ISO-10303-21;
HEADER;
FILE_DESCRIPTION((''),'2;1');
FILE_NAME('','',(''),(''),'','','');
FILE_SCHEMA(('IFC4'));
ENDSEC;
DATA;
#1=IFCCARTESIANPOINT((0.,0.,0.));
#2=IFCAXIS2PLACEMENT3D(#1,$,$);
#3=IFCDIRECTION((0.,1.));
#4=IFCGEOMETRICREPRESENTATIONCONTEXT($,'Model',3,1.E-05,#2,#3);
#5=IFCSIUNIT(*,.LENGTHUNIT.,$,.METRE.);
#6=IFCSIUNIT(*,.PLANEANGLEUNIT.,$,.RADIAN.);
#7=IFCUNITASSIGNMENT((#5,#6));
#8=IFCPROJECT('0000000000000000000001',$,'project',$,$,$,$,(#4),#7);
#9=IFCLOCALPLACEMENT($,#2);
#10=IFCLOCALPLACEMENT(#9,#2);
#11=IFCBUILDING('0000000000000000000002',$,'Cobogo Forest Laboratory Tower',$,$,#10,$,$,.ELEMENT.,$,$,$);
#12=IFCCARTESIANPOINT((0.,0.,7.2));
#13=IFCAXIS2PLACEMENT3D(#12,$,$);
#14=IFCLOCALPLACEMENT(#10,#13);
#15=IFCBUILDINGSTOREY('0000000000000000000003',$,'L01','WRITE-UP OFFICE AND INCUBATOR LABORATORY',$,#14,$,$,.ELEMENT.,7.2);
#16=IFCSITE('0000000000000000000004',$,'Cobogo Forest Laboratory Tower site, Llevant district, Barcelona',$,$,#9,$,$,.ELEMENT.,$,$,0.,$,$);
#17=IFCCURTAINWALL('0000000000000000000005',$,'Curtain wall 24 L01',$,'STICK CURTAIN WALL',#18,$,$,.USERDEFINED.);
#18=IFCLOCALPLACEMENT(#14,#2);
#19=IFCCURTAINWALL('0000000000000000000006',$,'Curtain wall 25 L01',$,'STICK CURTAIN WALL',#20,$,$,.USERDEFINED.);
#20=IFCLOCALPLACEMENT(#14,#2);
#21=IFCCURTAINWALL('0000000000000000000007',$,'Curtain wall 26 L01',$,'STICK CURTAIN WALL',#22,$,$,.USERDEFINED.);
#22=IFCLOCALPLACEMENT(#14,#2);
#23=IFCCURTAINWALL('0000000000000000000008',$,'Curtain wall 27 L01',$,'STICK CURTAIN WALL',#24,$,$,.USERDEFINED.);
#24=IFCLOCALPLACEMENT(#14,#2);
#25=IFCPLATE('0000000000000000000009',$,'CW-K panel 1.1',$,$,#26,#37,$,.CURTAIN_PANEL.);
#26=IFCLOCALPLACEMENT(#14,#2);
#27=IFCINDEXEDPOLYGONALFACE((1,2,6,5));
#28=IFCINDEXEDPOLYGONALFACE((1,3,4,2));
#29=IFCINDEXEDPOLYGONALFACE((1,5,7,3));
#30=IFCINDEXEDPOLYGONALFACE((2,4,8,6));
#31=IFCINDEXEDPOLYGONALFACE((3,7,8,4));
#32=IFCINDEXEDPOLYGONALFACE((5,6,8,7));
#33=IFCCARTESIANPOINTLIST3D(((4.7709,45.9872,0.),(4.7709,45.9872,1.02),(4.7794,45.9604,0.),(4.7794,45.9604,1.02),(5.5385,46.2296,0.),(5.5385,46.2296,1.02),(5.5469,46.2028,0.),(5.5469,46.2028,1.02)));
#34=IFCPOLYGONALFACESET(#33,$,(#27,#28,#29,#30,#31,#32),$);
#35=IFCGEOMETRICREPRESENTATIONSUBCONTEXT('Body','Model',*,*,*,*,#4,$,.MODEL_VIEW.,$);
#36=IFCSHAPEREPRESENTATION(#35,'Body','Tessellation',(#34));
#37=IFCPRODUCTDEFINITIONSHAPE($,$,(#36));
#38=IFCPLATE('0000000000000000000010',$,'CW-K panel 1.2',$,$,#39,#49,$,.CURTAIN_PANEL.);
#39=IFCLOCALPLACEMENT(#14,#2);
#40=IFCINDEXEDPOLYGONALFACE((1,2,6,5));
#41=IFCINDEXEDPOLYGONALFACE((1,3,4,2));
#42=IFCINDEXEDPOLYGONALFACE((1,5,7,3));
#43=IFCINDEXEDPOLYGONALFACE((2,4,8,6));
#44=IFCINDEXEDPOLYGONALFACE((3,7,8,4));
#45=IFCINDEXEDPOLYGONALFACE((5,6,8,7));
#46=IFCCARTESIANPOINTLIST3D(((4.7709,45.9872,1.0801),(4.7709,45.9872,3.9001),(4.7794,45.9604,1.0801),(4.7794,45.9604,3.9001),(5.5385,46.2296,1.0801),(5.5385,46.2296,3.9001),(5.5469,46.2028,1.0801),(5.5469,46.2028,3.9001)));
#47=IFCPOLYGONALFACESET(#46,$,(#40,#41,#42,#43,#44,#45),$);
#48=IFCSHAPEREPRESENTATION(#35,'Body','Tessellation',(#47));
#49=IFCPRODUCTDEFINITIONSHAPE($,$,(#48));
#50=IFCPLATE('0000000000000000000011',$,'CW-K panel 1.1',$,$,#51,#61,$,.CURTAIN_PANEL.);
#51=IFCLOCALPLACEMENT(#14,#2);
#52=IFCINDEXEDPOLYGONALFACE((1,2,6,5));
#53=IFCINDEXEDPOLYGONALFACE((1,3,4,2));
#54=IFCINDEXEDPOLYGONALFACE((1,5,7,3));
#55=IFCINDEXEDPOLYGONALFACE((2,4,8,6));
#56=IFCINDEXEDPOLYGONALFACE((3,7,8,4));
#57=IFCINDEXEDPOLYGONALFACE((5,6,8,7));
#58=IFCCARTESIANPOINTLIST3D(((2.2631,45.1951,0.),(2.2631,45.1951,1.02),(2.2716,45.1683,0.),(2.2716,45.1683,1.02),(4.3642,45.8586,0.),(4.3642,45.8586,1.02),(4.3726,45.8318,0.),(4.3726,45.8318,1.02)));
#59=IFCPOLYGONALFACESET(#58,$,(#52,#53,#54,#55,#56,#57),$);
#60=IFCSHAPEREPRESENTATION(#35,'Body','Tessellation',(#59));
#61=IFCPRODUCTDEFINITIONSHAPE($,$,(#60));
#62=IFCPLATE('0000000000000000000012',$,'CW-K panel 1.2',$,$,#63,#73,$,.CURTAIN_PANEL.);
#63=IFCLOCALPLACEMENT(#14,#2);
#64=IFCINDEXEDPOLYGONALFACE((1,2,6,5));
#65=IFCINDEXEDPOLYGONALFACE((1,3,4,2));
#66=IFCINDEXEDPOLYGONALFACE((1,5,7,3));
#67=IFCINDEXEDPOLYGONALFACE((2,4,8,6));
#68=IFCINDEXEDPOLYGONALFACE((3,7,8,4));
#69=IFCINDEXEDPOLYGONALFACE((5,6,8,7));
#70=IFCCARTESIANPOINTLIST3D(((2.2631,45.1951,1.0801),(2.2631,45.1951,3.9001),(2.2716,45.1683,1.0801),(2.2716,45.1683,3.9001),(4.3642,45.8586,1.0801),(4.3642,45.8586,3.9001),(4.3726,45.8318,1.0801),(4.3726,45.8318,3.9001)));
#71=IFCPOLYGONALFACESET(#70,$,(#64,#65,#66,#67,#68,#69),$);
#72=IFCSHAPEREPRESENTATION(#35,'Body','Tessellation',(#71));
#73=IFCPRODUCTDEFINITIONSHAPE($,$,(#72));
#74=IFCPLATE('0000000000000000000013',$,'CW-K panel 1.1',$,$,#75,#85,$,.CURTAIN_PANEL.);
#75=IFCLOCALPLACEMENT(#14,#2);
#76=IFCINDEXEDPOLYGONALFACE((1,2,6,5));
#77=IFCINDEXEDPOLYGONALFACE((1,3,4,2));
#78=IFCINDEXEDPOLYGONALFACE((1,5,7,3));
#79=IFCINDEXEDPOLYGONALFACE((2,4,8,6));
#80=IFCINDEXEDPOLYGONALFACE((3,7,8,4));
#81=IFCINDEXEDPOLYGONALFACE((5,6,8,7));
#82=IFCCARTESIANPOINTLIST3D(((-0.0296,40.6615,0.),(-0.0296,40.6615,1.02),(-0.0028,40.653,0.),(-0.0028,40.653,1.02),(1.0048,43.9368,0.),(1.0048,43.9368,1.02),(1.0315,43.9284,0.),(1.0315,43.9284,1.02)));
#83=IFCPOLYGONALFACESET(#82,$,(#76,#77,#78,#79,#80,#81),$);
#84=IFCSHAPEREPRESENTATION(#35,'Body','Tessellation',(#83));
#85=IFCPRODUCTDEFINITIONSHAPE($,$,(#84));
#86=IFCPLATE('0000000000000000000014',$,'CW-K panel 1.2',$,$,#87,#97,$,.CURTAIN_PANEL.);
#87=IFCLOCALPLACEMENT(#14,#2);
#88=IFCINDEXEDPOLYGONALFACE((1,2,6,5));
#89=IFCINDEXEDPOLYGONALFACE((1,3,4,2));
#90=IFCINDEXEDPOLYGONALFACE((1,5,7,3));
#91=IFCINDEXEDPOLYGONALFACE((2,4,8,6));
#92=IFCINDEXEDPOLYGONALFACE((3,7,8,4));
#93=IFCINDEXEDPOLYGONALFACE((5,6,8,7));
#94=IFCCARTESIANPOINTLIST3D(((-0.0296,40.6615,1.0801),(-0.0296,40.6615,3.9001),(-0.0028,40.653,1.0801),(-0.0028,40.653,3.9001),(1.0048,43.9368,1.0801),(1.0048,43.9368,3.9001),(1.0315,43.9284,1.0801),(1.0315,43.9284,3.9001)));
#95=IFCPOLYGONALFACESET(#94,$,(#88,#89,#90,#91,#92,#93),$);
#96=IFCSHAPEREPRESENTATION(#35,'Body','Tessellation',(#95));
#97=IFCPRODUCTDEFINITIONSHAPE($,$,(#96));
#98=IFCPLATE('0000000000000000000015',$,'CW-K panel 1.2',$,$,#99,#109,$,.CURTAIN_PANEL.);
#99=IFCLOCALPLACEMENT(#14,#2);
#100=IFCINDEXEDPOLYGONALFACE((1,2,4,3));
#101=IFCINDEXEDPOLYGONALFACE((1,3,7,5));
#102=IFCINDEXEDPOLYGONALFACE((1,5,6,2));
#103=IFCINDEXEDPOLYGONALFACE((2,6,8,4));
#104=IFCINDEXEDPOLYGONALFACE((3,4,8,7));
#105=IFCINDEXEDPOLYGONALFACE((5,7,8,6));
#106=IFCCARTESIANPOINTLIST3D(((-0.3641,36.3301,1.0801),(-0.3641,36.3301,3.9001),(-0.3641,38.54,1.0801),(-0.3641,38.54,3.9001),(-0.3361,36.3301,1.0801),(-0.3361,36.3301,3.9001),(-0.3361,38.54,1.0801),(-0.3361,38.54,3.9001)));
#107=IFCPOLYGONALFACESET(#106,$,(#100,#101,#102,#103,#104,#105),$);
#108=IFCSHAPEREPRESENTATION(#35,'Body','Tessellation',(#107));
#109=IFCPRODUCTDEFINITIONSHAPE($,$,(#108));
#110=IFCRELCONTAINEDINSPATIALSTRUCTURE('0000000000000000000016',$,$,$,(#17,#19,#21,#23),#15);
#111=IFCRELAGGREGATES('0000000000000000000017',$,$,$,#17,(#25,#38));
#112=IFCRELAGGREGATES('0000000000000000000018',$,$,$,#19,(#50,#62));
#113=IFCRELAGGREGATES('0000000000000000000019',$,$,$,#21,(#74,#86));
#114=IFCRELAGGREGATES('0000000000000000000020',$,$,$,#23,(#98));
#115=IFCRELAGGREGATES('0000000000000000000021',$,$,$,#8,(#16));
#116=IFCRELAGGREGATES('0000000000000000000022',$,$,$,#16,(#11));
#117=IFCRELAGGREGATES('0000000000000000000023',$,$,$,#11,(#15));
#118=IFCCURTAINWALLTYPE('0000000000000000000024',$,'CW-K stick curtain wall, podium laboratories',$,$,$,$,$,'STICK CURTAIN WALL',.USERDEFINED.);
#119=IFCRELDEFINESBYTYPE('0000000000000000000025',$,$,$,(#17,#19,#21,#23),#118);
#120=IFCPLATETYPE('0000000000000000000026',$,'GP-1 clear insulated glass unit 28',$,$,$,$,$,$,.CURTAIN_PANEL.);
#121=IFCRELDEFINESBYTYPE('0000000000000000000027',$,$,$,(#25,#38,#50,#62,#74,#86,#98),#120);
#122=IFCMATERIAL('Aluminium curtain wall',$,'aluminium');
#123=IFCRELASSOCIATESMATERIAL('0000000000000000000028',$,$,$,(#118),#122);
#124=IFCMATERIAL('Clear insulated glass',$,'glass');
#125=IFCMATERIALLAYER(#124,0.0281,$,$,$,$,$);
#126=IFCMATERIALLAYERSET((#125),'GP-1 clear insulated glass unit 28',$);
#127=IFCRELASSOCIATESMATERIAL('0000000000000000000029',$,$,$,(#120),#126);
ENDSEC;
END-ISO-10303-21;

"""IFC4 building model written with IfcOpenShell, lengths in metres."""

from ifc_helpers import new_model, si_unit, direction, frame, origin, origin_2d, place, context, subcontext, project, spatial, rectangle, extrude, material, layer, layer_set, type_object, element, aggregate, save


model = new_model("IFC4")

# Units and contexts
model_context = context("Model", 3, precision=1e-05, world=origin(), true_north=direction((0.0, 1.0)))
body_context = subcontext(model_context, "Body", "Model", "MODEL_VIEW")
ifc_project = project(units=[si_unit("LENGTHUNIT", "METRE"), si_unit("PLANEANGLEUNIT", "RADIAN")], contexts=[model_context])

# Site, building, storey
site_placement = place(None, origin())
site = spatial("IfcSite", under=ifc_project, at=site_placement, Name="Cobogo Forest Laboratory Tower site, Llevant district, Barcelona", CompositionType="ELEMENT", RefElevation=0.0)
building_placement = place(site_placement, origin())
building = spatial("IfcBuilding", under=site, at=building_placement, Name="Cobogo Forest Laboratory Tower", CompositionType="ELEMENT")
storey_placement = place(building_placement, frame((0.0, 0.0, 7.2)))
storey = spatial("IfcBuildingStorey", under=building, at=storey_placement, Name="L01", Description="WRITE-UP OFFICE AND INCUBATOR LABORATORY", CompositionType="ELEMENT", Elevation=7.2)

# Curtain walls
ifc_material_1 = material(Name="Aluminium curtain wall", Category="aluminium")
curtain_wall_type = type_object("IfcCurtainWallType", Name="CW-K stick curtain wall, podium laboratories", ElementType="STICK CURTAIN WALL", PredefinedType="USERDEFINED", material=ifc_material_1)
curtain_wall_1_placement = place(storey_placement, origin())
curtain_wall_1 = element("IfcCurtainWall", 1, at=curtain_wall_1_placement, inside=storey, type_object=curtain_wall_type, Name="Curtain wall 24 L01", ObjectType="STICK CURTAIN WALL", PredefinedType="USERDEFINED")
curtain_wall_2_placement = place(storey_placement, origin())
curtain_wall_2 = element("IfcCurtainWall", 2, at=curtain_wall_2_placement, inside=storey, type_object=curtain_wall_type, Name="Curtain wall 25 L01", ObjectType="STICK CURTAIN WALL", PredefinedType="USERDEFINED")
curtain_wall_3_placement = place(storey_placement, origin())
curtain_wall_3 = element("IfcCurtainWall", 3, at=curtain_wall_3_placement, inside=storey, type_object=curtain_wall_type, Name="Curtain wall 26 L01", ObjectType="STICK CURTAIN WALL", PredefinedType="USERDEFINED")

# Curtain wall
curtain_wall_4_placement = place(storey_placement, origin())
curtain_wall_4 = element("IfcCurtainWall", 4, at=curtain_wall_4_placement, inside=storey, type_object=curtain_wall_type, Name="Curtain wall 27 L01", ObjectType="STICK CURTAIN WALL", PredefinedType="USERDEFINED")

# Plates
ifc_material_2 = material(Name="Clear insulated glass", Category="glass")
ifc_layer = layer(ifc_material_2, 0.0281)
ifc_layer_set = layer_set([ifc_layer], Name="GP-1 clear insulated glass unit 28")
plate_type = type_object("IfcPlateType", Name="GP-1 clear insulated glass unit 28", PredefinedType="CURTAIN_PANEL", material=ifc_layer_set)
plate_1_placement = place(storey_placement, frame((5.1589, 46.095, 0.0), z_axis=(0.0, 0.0, 1.0), x_axis=(-0.953581, -0.301135, 0.0)))
plate_1 = element("IfcPlate", 5, at=plate_1_placement, type_object=plate_type, Name="CW-K panel 1.1", PredefinedType="CURTAIN_PANEL", context=body_context, shape_type="SweptSolid", body=[
    extrude(rectangle(XDim=0.8049, YDim=0.0281, at=origin_2d()), origin(), (0.0, 0.0, 1.0), 1.02),
])
plate_2_placement = place(storey_placement, frame((5.1589, 46.095, 1.0801), z_axis=(0.0, 0.0, 1.0), x_axis=(-0.953581, -0.301135, 0.0)))
plate_2 = element("IfcPlate", 6, at=plate_2_placement, type_object=plate_type, Name="CW-K panel 1.2", PredefinedType="CURTAIN_PANEL", context=body_context, shape_type="SweptSolid", body=[
    extrude(rectangle(XDim=0.8049, YDim=0.0281, at=origin_2d()), origin(), (0.0, 0.0, 1.0), 2.8201),
])
aggregate(curtain_wall_1, [plate_1, plate_2])
plate_3_placement = place(storey_placement, frame((3.3179, 45.5134, 0.0), z_axis=(0.0, 0.0, 1.0), x_axis=(-0.953581, -0.301135, 0.0)))
plate_3 = element("IfcPlate", 7, at=plate_3_placement, type_object=plate_type, Name="CW-K panel 1.1", PredefinedType="CURTAIN_PANEL", context=body_context, shape_type="SweptSolid", body=[
    extrude(rectangle(XDim=2.2034, YDim=0.0281, at=origin_2d()), origin(), (0.0, 0.0, 1.0), 1.02),
])
plate_4_placement = place(storey_placement, frame((3.3179, 45.5134, 1.0801), z_axis=(0.0, 0.0, 1.0), x_axis=(-0.953581, -0.301135, 0.0)))
plate_4 = element("IfcPlate", 8, at=plate_4_placement, type_object=plate_type, Name="CW-K panel 1.2", PredefinedType="CURTAIN_PANEL", context=body_context, shape_type="SweptSolid", body=[
    extrude(rectangle(XDim=2.2034, YDim=0.0281, at=origin_2d()), origin(), (0.0, 0.0, 1.0), 2.8201),
])
aggregate(curtain_wall_2, [plate_3, plate_4])
plate_5_placement = place(storey_placement, frame((0.501, 42.2949, 0.0), z_axis=(0.0, 0.0, 1.0), x_axis=(-0.301135, -0.953581, 0.0)))
plate_5 = element("IfcPlate", 9, at=plate_5_placement, type_object=plate_type, Name="CW-K panel 1.1", PredefinedType="CURTAIN_PANEL", context=body_context, shape_type="SweptSolid", body=[
    extrude(rectangle(XDim=3.4348, YDim=0.0281, at=origin_2d()), origin(), (0.0, 0.0, 1.0), 1.02),
])
plate_6_placement = place(storey_placement, frame((0.501, 42.2949, 1.0801), z_axis=(0.0, 0.0, 1.0), x_axis=(-0.301135, -0.953581, 0.0)))
plate_6 = element("IfcPlate", 10, at=plate_6_placement, type_object=plate_type, Name="CW-K panel 1.2", PredefinedType="CURTAIN_PANEL", context=body_context, shape_type="SweptSolid", body=[
    extrude(rectangle(XDim=3.4348, YDim=0.0281, at=origin_2d()), origin(), (0.0, 0.0, 1.0), 2.8201),
])
aggregate(curtain_wall_3, [plate_5, plate_6])
plate_7_placement = place(storey_placement, frame((-0.3501, 37.4351, 1.0801), z_axis=(0.0, 0.0, 1.0), x_axis=(0.0, -1.0, 0.0)))
plate_7 = element("IfcPlate", 11, at=plate_7_placement, type_object=plate_type, Name="CW-K panel 1.2", PredefinedType="CURTAIN_PANEL", context=body_context, shape_type="SweptSolid", body=[
    extrude(rectangle(XDim=2.21, YDim=0.0281, at=origin_2d()), origin(), (0.0, 0.0, 1.0), 2.8201),
])
aggregate(curtain_wall_4, [plate_7])

save(model, "model.ifc")
